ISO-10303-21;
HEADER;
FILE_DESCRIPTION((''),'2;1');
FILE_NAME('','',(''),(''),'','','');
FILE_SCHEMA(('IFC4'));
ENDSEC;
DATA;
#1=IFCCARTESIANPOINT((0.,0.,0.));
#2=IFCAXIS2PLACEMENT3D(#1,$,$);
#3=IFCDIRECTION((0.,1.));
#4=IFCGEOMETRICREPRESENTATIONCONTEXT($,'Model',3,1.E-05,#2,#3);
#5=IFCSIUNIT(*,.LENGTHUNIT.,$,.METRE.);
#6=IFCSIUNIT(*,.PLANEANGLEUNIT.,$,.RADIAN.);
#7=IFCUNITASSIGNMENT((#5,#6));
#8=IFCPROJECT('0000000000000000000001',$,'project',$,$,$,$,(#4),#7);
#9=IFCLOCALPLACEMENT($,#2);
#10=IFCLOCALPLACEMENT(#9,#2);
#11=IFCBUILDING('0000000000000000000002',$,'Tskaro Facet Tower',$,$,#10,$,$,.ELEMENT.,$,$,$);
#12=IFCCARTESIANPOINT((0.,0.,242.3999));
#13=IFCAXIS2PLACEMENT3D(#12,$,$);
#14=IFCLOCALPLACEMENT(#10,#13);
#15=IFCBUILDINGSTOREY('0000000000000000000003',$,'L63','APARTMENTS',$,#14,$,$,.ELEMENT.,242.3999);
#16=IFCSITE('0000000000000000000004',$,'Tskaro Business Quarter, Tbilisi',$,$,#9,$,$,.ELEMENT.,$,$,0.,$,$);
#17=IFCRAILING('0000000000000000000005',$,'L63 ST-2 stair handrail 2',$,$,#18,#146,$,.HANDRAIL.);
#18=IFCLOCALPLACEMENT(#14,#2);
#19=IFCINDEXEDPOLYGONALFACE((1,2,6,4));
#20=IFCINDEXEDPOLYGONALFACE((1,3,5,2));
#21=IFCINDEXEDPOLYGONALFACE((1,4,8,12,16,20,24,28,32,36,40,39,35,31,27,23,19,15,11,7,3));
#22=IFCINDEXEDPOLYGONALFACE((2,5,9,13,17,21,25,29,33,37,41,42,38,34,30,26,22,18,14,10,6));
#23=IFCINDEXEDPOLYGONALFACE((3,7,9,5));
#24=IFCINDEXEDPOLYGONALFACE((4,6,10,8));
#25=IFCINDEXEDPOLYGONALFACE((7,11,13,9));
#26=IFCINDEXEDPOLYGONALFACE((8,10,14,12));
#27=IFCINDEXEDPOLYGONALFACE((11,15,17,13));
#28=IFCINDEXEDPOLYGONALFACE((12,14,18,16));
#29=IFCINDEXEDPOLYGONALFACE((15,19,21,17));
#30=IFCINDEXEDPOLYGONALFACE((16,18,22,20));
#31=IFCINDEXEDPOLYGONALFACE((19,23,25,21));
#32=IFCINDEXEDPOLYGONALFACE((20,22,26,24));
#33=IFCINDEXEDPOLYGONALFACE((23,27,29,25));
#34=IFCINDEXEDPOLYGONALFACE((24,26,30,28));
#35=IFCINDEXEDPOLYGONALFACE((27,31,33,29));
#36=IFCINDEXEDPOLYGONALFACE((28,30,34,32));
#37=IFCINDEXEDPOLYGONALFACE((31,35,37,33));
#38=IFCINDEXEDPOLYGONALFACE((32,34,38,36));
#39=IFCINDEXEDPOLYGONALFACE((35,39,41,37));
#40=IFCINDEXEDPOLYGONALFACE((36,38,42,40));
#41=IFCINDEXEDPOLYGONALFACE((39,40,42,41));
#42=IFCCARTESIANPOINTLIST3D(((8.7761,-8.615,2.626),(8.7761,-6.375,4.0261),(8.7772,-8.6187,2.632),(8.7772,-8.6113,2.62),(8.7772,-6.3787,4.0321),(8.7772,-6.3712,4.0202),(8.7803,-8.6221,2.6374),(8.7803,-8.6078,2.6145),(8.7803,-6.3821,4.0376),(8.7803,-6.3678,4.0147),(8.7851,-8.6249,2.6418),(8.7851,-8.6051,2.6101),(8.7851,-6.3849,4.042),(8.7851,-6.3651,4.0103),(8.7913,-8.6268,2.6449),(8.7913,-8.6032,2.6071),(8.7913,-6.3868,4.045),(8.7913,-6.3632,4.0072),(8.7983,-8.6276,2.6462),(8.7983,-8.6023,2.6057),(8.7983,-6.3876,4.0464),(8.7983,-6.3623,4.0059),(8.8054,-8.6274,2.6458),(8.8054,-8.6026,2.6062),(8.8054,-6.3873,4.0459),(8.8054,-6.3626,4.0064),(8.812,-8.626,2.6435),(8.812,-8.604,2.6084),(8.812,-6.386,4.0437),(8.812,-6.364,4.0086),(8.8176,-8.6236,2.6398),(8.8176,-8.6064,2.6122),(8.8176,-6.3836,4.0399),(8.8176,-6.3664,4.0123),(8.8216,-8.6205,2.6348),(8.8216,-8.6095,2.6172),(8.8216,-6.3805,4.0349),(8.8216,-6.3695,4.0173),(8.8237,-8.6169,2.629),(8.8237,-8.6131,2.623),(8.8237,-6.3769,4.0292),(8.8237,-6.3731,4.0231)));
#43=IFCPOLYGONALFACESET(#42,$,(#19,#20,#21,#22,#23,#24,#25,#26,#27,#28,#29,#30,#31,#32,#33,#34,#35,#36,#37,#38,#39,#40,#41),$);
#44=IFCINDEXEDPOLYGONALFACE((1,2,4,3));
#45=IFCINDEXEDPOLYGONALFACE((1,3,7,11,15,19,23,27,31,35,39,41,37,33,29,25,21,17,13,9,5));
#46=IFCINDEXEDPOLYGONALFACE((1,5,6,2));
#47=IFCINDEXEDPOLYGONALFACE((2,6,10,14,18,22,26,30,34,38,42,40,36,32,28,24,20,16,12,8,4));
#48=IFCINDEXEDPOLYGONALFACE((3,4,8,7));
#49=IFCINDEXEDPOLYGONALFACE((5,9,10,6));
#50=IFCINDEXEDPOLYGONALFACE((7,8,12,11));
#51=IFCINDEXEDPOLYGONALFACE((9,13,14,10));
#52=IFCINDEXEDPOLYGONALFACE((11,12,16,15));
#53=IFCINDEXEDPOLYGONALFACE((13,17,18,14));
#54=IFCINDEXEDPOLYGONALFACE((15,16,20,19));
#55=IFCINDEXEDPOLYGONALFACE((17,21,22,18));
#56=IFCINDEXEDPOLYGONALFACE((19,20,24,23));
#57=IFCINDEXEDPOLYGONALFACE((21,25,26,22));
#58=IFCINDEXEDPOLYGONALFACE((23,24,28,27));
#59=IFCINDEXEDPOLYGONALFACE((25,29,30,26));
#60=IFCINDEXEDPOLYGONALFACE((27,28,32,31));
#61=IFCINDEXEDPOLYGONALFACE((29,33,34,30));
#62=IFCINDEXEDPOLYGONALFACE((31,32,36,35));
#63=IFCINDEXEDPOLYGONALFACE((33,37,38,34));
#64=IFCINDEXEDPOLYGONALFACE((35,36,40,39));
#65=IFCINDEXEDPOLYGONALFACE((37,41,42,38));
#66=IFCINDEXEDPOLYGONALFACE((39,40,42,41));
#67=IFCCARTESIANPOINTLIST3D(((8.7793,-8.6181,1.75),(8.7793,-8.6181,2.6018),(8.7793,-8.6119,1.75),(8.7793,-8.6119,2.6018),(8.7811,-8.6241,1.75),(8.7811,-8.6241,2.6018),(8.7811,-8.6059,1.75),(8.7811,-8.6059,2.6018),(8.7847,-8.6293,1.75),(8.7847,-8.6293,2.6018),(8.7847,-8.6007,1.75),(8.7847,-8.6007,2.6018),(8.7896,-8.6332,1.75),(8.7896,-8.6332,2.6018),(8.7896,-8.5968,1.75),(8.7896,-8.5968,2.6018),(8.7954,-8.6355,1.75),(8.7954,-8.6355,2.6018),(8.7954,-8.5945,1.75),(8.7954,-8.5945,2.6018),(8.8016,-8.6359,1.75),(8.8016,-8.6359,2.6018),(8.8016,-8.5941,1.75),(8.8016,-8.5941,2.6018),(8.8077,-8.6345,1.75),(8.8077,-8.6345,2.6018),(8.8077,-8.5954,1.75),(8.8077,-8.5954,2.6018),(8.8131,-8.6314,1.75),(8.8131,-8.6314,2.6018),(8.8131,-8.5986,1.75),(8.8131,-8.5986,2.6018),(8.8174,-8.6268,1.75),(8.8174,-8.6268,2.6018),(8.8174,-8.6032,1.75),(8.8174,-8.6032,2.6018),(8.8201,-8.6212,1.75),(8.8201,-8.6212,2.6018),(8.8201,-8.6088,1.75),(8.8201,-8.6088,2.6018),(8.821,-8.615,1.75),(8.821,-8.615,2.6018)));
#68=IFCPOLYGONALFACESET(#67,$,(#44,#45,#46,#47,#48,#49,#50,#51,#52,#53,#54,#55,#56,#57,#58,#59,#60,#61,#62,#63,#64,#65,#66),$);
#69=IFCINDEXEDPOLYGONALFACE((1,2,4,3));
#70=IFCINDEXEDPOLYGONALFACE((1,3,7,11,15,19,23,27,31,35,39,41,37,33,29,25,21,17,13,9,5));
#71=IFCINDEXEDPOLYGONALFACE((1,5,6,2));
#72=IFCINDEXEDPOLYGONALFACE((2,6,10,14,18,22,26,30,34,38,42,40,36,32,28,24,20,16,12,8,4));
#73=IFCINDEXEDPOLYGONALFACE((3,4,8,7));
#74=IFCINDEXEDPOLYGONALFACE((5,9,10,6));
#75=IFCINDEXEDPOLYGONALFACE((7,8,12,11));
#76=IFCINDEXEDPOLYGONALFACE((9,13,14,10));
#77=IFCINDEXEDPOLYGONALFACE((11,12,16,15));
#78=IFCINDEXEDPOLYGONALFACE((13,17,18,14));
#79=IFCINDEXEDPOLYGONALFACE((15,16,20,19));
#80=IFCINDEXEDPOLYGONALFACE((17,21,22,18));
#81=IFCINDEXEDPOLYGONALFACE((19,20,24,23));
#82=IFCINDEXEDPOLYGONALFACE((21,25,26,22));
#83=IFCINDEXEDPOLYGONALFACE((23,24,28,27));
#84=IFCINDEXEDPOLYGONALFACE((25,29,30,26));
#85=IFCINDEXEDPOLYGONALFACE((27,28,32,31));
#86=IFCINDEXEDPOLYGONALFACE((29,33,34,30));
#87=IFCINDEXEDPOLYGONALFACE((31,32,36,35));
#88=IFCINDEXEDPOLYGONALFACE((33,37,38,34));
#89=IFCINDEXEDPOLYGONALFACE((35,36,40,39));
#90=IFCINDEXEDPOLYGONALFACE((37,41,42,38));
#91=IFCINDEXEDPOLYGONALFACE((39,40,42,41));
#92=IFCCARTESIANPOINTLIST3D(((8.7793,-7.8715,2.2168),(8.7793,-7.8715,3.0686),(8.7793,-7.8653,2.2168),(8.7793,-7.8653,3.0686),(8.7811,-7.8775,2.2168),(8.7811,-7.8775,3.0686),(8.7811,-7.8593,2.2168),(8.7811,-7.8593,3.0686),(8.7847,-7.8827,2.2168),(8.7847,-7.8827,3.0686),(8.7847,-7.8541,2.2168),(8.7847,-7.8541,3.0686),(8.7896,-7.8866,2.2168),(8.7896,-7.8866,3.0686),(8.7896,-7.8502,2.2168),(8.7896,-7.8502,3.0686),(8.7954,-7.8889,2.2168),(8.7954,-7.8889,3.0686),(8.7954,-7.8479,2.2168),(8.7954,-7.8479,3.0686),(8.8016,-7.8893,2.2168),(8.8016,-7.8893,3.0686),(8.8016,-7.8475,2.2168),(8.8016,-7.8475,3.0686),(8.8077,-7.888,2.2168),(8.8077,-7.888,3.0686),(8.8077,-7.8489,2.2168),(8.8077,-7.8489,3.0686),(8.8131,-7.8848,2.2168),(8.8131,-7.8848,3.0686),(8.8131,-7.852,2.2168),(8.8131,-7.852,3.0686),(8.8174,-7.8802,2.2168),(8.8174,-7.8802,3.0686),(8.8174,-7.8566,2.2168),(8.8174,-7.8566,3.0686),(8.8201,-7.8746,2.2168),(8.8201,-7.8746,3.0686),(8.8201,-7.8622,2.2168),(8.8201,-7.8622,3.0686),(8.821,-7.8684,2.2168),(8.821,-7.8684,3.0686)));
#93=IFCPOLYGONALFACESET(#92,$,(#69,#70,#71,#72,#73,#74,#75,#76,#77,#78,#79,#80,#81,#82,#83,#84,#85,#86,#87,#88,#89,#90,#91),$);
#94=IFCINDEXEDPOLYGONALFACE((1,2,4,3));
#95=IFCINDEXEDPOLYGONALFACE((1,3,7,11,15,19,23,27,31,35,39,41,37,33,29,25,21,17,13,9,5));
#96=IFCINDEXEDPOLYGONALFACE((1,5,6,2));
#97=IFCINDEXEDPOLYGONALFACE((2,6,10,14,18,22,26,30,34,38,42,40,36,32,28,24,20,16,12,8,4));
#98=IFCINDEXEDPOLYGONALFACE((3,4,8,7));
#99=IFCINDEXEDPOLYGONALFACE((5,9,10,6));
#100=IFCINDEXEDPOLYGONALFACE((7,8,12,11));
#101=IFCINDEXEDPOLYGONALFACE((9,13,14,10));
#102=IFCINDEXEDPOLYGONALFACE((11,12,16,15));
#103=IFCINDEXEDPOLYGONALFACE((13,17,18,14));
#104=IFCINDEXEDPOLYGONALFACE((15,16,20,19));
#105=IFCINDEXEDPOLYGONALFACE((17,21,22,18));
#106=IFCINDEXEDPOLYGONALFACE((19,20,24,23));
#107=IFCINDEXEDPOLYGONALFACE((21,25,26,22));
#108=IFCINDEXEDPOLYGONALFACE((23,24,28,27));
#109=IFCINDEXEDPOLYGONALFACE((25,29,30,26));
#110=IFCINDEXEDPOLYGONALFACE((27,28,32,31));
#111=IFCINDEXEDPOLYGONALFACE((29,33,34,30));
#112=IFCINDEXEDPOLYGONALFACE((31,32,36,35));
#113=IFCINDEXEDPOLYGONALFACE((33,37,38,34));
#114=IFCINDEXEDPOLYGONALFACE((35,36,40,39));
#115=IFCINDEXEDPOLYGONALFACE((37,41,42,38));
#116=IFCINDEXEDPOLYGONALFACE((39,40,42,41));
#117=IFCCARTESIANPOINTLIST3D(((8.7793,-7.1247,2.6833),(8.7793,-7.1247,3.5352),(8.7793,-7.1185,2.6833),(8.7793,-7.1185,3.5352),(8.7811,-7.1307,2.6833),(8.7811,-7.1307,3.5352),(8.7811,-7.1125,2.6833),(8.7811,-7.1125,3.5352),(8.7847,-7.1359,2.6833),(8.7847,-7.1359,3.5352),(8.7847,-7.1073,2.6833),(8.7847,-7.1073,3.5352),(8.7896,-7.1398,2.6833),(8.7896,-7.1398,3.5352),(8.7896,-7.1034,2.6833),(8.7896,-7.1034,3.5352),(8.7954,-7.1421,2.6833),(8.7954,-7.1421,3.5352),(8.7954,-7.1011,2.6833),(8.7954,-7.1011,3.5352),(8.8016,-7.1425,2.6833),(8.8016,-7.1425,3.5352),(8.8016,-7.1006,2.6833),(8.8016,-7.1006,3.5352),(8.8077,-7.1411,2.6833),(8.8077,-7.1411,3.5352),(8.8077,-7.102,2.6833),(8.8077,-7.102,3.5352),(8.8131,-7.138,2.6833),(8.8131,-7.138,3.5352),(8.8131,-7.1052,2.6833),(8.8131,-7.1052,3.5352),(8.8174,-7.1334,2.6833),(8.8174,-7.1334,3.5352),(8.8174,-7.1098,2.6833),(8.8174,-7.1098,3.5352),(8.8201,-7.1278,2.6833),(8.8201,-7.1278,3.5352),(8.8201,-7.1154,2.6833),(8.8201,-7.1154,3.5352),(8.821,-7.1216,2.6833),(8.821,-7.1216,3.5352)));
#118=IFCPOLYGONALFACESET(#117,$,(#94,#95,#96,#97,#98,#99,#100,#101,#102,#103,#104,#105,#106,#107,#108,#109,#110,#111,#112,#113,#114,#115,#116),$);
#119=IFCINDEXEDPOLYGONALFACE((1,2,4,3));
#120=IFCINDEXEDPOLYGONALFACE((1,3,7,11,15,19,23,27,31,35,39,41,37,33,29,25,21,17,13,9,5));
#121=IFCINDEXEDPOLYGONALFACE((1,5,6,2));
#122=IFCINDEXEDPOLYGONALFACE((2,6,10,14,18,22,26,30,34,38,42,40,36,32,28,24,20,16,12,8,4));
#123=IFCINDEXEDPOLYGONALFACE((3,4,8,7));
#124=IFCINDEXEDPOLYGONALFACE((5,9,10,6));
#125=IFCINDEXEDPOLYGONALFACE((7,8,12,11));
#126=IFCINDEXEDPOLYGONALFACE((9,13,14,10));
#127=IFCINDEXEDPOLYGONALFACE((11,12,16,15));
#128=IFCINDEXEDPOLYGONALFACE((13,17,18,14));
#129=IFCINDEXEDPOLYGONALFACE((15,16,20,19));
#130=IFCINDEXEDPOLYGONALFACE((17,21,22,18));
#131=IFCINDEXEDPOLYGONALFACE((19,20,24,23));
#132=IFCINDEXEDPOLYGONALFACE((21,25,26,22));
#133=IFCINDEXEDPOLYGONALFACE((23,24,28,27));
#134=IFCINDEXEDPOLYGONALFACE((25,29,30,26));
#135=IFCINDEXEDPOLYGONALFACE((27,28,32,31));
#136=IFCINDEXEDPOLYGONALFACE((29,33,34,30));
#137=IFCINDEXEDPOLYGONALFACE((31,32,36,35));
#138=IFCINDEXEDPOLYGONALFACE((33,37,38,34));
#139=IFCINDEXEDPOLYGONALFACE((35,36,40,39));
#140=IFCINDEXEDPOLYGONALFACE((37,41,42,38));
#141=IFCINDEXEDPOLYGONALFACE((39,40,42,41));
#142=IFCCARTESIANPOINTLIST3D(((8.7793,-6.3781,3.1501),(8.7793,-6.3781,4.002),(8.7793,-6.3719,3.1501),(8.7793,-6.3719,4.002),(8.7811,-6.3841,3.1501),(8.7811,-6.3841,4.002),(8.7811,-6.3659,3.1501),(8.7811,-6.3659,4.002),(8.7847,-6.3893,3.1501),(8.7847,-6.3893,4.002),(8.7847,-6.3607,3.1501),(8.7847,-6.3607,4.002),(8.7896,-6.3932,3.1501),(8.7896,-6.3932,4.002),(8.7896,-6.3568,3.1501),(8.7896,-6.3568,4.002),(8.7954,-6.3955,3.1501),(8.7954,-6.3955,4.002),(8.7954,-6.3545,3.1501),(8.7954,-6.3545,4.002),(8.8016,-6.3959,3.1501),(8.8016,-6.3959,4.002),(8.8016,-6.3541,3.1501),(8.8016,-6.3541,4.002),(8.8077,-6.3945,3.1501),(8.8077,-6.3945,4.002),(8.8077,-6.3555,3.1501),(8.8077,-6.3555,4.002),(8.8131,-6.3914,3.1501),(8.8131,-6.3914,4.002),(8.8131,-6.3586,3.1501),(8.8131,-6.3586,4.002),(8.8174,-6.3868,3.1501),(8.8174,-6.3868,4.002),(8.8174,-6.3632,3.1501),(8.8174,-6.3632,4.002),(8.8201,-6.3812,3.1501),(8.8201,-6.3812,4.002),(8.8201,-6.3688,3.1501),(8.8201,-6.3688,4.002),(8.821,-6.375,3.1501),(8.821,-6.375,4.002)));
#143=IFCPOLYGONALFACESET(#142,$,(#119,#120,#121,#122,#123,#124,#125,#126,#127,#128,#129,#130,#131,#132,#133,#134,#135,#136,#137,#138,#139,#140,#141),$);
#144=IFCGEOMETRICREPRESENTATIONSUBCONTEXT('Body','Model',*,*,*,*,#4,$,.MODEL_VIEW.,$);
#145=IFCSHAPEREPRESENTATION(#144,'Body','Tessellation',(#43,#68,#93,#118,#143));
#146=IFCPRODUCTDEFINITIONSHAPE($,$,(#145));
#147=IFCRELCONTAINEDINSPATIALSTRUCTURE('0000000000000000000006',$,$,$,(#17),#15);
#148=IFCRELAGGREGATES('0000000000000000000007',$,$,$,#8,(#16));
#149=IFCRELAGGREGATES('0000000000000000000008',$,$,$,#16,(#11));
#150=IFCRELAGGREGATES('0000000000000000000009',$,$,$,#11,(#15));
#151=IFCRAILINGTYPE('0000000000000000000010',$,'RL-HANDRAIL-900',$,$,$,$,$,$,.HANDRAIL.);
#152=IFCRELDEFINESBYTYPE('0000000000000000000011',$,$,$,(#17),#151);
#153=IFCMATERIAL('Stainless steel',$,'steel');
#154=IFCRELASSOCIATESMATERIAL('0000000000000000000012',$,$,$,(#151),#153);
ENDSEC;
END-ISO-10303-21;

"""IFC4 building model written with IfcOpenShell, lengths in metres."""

from ifc_helpers import new_model, si_unit, direction, frame, origin, origin_2d, place, context, subcontext, project, spatial, circle, extrude, material, type_object, element, save


model = new_model("IFC4")

# Units and contexts
model_context = context("Model", 3, precision=1e-05, world=origin(), true_north=direction((0.0, 1.0)))
body_context = subcontext(model_context, "Body", "Model", "MODEL_VIEW")
ifc_project = project(units=[si_unit("LENGTHUNIT", "METRE"), si_unit("PLANEANGLEUNIT", "RADIAN")], contexts=[model_context])

# Site, building, storey
site_placement = place(None, origin())
site = spatial("IfcSite", under=ifc_project, at=site_placement, Name="Tskaro Business Quarter, Tbilisi", CompositionType="ELEMENT", RefElevation=0.0)
building_placement = place(site_placement, origin())
building = spatial("IfcBuilding", under=site, at=building_placement, Name="Tskaro Facet Tower", CompositionType="ELEMENT")
storey_placement = place(building_placement, frame((0.0, 0.0, 242.3999)))
storey = spatial("IfcBuildingStorey", under=building, at=storey_placement, Name="L63", Description="APARTMENTS", CompositionType="ELEMENT", Elevation=242.3999)

# Railing
ifc_material_1 = material(Name="Stainless steel", Category="steel")
railing_type_1 = type_object("IfcRailingType", Name="RL-HANDRAIL-900", PredefinedType="HANDRAIL", material=ifc_material_1)
railing_1_placement = place(storey_placement, frame((8.8, -8.615, 1.75)))
element("IfcRailing", 1, at=railing_1_placement, inside=storey, type_object=railing_type_1, Name="L63 ST-2 stair handrail 2", PredefinedType="HANDRAIL", context=body_context, shape_type="SweptSolid", body=[
    extrude(circle(Radius=0.0239, at=origin_2d()), frame((0.0, 0.0, 0.876), z_axis=(0.0, 0.847972, 0.53004), x_axis=(-1.0, 0.0, 0.0)), (0.0, 0.0, 1.0), 2.6416),
    extrude(circle(Radius=0.021, at=origin_2d()), origin(), (0.0, 0.0, 1.0), 0.8518),
    extrude(circle(Radius=0.021, at=origin_2d()), frame((0.0, 0.7466, 0.4668)), (0.0, 0.0, 1.0), 0.8518),
    extrude(circle(Radius=0.021, at=origin_2d()), frame((0.0, 1.4934, 0.9333)), (0.0, 0.0, 1.0), 0.8518),
    extrude(circle(Radius=0.021, at=origin_2d()), frame((0.0, 2.24, 1.4001)), (0.0, 0.0, 1.0), 0.8518),
])

save(model, "model.ifc")
